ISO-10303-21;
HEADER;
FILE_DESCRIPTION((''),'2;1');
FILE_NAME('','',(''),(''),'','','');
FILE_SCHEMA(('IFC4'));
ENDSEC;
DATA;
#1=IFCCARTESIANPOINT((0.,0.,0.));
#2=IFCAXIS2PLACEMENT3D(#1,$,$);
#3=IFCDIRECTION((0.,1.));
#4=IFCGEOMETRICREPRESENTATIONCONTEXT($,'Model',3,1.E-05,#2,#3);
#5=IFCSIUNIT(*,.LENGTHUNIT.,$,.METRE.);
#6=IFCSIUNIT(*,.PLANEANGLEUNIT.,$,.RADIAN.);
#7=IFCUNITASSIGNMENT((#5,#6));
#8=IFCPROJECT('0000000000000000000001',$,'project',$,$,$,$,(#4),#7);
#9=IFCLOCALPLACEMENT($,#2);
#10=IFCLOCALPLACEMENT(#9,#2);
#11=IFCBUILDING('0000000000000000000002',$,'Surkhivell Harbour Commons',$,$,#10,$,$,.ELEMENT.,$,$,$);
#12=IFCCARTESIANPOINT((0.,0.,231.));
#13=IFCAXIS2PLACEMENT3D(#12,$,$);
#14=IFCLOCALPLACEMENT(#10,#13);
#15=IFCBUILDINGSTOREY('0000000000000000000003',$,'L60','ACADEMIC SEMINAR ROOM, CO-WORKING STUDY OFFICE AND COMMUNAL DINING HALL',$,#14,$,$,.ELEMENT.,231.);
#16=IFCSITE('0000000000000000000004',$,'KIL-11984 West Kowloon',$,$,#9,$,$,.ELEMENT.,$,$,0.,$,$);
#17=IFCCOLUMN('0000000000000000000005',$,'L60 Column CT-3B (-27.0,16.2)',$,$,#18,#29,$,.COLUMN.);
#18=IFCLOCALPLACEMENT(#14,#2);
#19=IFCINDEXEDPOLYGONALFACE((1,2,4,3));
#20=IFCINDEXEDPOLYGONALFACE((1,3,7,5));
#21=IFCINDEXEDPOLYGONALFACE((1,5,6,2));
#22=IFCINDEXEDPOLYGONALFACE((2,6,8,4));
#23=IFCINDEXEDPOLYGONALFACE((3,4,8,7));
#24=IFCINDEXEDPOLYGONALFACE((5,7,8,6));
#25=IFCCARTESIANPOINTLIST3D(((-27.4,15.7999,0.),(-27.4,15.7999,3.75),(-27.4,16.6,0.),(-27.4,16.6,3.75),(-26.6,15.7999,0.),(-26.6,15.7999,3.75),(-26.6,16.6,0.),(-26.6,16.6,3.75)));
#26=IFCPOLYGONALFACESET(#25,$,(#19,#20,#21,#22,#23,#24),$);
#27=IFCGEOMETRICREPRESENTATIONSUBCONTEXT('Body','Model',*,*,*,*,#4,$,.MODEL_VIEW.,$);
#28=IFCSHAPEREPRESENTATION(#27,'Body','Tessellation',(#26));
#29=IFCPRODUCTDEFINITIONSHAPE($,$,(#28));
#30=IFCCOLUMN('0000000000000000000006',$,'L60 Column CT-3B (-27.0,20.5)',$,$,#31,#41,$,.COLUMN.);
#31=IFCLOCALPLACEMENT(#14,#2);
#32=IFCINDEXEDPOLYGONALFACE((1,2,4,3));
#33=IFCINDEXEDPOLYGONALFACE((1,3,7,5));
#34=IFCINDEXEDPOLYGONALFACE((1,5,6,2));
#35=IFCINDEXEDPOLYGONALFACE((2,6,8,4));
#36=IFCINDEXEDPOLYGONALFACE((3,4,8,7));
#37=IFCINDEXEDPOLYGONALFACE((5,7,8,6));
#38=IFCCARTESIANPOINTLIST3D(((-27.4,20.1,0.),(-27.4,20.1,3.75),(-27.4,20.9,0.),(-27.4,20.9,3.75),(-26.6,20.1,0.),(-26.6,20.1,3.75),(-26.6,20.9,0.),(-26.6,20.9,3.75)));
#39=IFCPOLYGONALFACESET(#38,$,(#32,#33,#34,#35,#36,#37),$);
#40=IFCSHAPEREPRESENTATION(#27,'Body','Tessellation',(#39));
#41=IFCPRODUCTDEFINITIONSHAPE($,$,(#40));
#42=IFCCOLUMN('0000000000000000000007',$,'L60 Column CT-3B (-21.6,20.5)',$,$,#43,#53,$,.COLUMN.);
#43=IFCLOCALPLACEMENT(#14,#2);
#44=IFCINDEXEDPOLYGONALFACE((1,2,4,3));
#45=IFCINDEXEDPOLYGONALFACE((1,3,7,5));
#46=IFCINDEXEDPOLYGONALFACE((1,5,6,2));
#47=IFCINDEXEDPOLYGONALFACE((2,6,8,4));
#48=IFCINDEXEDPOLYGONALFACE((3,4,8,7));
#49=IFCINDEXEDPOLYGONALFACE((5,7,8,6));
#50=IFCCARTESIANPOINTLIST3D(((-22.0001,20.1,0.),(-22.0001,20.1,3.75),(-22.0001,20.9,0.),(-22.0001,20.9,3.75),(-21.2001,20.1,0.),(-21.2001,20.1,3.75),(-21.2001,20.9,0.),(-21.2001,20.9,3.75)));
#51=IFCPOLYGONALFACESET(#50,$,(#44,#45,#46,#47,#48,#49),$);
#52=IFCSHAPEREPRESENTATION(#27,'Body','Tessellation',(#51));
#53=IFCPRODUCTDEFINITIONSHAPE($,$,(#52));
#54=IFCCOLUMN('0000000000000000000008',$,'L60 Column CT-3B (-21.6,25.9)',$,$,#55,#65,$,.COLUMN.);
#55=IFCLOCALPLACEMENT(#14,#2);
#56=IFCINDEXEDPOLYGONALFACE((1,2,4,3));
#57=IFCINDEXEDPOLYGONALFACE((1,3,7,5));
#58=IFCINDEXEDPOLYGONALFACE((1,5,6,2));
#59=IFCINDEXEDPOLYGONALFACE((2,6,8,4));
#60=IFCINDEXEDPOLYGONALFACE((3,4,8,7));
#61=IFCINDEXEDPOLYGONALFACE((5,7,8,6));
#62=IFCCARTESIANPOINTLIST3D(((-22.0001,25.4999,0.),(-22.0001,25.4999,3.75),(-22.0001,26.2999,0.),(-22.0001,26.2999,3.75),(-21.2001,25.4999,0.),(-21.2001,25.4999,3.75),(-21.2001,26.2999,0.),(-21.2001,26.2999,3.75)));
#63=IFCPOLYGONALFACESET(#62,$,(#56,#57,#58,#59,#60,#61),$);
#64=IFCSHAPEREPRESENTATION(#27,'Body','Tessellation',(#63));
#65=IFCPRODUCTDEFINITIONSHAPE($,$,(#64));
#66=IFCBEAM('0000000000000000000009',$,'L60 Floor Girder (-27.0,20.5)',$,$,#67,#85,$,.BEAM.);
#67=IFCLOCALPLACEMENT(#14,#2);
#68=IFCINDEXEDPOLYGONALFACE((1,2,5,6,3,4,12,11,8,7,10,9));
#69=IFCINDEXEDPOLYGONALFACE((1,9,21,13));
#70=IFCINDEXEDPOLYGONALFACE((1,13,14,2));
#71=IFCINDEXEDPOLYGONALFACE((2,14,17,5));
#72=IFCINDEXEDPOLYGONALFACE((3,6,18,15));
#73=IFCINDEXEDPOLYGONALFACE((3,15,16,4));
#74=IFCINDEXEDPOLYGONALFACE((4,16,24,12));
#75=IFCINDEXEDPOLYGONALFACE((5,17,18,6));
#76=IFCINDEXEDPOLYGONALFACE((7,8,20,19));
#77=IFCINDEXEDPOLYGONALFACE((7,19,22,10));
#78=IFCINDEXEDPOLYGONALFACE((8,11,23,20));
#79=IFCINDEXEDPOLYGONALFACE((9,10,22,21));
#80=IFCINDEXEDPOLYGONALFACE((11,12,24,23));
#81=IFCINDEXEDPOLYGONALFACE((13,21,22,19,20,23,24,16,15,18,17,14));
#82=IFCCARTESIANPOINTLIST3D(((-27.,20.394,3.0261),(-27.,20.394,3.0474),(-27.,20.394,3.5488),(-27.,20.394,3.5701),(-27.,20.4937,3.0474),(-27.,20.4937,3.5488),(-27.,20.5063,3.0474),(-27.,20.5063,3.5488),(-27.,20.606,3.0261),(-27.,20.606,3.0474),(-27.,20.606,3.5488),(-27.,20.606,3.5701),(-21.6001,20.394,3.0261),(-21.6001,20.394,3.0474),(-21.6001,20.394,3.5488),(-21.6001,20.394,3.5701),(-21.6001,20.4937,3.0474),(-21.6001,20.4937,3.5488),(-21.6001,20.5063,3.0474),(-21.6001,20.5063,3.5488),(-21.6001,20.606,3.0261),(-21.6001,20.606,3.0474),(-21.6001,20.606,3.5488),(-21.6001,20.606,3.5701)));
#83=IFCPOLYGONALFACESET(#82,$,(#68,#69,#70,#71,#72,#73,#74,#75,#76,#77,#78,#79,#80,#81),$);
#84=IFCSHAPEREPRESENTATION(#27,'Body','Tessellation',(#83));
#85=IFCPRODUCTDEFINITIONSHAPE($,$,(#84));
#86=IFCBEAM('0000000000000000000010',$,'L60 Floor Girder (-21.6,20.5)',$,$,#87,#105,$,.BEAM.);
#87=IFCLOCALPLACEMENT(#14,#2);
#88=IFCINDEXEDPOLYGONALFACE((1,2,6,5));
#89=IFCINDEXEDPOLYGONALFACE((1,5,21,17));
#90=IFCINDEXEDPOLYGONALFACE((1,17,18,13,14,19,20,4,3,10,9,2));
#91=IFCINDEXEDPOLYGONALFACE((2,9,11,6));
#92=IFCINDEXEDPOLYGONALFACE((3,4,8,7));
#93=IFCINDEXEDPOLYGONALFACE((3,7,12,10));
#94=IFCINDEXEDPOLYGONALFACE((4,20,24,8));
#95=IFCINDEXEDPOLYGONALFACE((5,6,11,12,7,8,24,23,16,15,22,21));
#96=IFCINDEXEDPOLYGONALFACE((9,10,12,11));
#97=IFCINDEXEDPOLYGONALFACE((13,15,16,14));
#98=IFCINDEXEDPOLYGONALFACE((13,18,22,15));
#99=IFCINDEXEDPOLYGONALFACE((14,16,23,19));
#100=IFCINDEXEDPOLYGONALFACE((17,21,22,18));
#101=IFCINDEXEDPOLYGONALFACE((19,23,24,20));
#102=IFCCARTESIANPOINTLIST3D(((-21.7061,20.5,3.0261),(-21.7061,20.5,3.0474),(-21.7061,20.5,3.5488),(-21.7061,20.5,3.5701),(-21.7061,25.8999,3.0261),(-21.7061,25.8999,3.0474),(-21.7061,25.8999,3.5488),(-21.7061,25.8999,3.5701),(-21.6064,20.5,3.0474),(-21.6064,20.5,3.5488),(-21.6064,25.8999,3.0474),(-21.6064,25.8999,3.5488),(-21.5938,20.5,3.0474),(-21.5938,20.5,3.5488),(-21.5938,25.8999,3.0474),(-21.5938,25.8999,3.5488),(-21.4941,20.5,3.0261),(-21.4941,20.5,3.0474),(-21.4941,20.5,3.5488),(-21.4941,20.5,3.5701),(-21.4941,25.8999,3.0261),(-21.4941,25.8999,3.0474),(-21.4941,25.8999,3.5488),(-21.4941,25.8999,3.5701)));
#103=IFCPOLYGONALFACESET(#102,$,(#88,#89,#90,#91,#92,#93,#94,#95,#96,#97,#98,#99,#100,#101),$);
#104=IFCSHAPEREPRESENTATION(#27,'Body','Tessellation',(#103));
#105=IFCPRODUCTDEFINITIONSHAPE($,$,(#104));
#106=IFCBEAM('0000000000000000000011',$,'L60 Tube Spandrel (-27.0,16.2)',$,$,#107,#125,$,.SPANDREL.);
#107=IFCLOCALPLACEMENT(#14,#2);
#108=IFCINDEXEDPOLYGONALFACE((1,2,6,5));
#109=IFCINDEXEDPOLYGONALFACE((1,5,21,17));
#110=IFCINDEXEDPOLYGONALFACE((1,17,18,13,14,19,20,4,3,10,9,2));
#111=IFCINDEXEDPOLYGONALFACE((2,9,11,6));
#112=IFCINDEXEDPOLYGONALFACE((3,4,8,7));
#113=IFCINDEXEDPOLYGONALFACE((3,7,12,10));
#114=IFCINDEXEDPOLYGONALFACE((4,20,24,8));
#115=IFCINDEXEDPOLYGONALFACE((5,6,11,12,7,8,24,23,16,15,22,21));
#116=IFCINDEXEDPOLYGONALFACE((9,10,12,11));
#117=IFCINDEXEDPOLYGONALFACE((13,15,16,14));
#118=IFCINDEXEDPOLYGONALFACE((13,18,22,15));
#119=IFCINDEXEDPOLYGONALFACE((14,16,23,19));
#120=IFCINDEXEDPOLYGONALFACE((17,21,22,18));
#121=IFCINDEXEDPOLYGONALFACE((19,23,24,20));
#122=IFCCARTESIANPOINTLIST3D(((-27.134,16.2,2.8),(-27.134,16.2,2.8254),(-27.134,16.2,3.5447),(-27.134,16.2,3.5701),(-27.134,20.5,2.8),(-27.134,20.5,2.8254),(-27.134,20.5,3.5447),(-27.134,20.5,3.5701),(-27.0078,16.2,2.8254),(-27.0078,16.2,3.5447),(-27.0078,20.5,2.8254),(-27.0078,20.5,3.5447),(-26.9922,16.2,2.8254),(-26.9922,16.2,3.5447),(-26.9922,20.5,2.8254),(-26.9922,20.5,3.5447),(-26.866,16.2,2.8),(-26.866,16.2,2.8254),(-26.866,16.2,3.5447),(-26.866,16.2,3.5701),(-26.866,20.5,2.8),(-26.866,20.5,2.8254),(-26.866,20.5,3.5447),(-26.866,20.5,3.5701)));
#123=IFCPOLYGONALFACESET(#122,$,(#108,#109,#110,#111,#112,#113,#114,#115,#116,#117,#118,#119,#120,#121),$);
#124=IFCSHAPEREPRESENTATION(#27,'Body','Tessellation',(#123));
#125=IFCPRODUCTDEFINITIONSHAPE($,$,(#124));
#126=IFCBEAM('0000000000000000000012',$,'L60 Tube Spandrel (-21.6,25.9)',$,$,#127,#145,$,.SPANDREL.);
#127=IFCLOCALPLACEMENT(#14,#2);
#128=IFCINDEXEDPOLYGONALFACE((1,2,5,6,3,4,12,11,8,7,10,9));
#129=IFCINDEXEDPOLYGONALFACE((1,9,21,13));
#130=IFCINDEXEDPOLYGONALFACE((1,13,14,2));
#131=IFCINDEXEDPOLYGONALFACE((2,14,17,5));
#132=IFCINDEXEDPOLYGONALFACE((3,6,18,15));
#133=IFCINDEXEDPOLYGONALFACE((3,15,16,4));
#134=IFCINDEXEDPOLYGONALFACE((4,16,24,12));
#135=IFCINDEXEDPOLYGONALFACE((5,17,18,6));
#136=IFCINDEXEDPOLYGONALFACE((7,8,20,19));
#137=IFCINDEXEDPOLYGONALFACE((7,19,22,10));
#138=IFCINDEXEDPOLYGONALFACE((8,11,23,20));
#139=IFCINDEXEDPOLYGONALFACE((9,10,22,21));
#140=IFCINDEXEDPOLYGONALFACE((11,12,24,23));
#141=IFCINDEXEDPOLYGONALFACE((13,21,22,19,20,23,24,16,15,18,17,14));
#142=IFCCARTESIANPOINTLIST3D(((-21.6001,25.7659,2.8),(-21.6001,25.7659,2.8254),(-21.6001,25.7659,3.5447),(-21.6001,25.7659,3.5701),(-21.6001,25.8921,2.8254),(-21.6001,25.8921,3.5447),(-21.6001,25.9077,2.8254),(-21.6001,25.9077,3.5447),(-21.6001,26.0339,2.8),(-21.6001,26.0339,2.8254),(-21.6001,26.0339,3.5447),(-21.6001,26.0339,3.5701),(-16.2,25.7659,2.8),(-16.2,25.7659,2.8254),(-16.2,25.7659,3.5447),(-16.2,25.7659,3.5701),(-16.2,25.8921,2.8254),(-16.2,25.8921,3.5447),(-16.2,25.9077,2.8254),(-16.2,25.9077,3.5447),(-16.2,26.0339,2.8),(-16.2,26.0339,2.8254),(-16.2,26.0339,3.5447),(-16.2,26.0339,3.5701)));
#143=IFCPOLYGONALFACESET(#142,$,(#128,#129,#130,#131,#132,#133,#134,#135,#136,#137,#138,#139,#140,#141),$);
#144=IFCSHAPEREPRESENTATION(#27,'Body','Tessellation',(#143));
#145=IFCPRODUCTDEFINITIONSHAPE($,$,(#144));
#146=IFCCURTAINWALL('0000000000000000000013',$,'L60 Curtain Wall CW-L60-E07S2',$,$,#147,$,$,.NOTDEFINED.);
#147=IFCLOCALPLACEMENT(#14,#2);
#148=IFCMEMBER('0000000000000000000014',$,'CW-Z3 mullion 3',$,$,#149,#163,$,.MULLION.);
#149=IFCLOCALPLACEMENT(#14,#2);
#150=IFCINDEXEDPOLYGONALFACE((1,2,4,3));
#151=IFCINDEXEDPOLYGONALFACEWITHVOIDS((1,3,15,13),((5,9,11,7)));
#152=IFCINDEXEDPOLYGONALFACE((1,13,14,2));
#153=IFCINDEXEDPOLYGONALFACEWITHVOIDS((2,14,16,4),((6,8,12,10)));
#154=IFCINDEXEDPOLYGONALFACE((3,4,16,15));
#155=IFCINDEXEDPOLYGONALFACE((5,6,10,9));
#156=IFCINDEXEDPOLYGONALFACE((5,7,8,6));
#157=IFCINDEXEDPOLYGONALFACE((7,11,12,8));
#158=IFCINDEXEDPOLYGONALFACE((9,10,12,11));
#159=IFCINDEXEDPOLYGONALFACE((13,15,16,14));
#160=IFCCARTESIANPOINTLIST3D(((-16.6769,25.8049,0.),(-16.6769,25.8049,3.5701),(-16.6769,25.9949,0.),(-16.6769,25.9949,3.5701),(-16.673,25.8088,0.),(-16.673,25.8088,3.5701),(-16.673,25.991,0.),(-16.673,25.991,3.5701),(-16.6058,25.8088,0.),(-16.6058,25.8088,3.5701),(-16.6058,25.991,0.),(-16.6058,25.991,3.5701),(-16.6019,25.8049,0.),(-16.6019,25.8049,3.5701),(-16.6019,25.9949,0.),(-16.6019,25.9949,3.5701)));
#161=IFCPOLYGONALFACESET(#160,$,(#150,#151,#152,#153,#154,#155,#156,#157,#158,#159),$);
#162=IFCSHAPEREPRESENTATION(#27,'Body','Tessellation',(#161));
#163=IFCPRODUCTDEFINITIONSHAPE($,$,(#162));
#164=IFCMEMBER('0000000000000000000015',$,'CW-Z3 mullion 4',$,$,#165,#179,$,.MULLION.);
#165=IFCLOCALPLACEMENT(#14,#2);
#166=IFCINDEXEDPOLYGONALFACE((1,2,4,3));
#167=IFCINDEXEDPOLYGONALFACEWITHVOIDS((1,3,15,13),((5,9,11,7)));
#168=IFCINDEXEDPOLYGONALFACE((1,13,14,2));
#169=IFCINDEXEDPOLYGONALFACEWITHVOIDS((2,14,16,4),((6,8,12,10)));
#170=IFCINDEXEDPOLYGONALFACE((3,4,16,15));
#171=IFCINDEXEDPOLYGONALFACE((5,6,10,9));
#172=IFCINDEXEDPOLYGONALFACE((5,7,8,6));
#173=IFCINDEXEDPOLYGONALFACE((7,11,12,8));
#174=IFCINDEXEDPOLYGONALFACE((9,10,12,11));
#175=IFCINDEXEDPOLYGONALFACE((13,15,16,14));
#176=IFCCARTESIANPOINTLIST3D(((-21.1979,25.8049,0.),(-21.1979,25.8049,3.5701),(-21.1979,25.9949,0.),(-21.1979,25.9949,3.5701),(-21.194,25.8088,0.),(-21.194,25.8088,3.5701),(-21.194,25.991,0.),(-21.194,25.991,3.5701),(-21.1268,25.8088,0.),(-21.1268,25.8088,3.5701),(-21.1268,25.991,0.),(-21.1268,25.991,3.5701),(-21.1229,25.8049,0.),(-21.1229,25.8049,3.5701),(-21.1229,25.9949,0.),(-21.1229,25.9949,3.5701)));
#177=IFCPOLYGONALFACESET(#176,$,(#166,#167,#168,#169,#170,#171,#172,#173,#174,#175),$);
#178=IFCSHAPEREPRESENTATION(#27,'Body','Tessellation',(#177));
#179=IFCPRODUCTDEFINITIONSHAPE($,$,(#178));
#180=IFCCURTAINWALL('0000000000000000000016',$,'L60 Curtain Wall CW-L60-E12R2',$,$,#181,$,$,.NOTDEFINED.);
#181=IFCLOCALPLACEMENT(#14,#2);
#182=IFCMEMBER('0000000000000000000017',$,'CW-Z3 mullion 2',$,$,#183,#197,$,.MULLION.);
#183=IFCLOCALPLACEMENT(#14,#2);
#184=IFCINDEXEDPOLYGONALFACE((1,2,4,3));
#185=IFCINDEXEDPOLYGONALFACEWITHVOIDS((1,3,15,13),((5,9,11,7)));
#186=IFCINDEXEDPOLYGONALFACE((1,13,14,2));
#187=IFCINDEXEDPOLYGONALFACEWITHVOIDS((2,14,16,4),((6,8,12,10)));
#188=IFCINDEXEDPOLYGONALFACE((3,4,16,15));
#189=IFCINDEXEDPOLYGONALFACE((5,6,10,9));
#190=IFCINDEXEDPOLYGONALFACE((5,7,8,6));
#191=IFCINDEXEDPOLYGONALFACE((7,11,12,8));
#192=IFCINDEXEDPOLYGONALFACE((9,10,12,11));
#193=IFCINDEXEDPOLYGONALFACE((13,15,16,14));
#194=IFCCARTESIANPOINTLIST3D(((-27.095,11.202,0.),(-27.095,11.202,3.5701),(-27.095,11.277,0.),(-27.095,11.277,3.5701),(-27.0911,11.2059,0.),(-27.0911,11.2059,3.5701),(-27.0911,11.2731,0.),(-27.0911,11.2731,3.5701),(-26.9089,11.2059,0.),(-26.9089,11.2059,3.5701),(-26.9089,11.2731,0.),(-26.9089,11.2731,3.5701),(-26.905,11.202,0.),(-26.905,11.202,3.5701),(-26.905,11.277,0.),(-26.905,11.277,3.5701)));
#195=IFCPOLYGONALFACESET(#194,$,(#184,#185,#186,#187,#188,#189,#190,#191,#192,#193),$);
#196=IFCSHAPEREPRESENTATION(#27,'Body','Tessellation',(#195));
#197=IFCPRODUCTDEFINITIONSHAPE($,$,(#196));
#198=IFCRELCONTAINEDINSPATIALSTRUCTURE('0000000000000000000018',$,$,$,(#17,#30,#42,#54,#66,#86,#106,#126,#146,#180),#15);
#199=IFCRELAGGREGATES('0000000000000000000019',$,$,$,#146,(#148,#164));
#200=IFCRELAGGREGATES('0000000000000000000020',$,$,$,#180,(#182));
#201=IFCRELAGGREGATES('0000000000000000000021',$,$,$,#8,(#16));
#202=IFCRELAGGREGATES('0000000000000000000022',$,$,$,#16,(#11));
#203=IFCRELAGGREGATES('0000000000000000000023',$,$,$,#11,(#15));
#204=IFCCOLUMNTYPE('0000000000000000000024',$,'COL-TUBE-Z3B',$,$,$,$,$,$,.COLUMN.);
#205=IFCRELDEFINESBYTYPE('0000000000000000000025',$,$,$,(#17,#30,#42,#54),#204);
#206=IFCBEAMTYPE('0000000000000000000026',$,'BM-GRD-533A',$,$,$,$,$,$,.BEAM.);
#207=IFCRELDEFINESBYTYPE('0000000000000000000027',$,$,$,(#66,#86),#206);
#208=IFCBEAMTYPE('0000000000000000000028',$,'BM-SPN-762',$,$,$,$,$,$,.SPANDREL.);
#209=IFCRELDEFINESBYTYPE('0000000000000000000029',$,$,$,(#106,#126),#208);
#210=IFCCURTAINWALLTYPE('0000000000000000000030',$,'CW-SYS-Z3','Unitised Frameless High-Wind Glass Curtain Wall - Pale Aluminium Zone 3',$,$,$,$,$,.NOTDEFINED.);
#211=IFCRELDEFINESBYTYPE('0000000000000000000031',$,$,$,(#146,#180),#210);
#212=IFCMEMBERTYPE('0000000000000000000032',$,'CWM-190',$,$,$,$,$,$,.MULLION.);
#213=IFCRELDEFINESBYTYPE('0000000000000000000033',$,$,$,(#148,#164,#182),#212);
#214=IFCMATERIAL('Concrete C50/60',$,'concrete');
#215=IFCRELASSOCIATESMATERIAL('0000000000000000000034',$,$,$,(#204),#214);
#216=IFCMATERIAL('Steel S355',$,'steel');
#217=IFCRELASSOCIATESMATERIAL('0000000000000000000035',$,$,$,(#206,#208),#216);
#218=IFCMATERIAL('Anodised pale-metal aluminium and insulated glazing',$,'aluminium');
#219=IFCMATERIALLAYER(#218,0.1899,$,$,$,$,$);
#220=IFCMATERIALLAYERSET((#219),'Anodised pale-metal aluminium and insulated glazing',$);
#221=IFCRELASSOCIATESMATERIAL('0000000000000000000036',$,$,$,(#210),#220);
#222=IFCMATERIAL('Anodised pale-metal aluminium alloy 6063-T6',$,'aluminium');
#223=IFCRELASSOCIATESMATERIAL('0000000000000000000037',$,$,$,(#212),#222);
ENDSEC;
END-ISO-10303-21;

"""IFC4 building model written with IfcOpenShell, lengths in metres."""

from ifc_helpers import new_model, si_unit, direction, frame, origin, origin_2d, place, context, subcontext, project, spatial, rectangle, hollow_rectangle, i_section, extrude, material, layer, layer_set, material_profile, profile_set, type_object, element, aggregate, save


model = new_model("IFC4")

# Units and contexts
model_context = context("Model", 3, precision=1e-05, world=origin(), true_north=direction((0.0, 1.0)))
body_context = subcontext(model_context, "Body", "Model", "MODEL_VIEW")
ifc_project = project(units=[si_unit("LENGTHUNIT", "METRE"), si_unit("PLANEANGLEUNIT", "RADIAN")], contexts=[model_context])

# Site, building, storey
site_placement = place(None, origin())
site = spatial("IfcSite", under=ifc_project, at=site_placement, Name="KIL-11984 West Kowloon", CompositionType="ELEMENT", RefElevation=0.0)
building_placement = place(site_placement, origin())
building = spatial("IfcBuilding", under=site, at=building_placement, Name="Surkhivell Harbour Commons", CompositionType="ELEMENT")
storey_placement = place(building_placement, frame((0.0, 0.0, 231.0)))
storey = spatial("IfcBuildingStorey", under=building, at=storey_placement, Name="L60", Description="ACADEMIC SEMINAR ROOM, CO-WORKING STUDY OFFICE AND COMMUNAL DINING HALL", CompositionType="ELEMENT", Elevation=231.0)

# Columns
ifc_material_1 = material(Name="Concrete C50/60", Category="concrete")
ifc_material_profile_1 = material_profile(ifc_material_1, rectangle(XDim=0.8, YDim=0.8, at=origin_2d()), Name="RC-COL-800x800")
ifc_profile_set_1 = profile_set([ifc_material_profile_1], Name="Concrete C50/60")
column_type = type_object("IfcColumnType", Name="COL-TUBE-Z3B", PredefinedType="COLUMN", material=ifc_profile_set_1)
for number, where, z_axis, x_axis, name in (
    (1, (-27.0, 16.2, 0.0), (0.0, 0.0, 1.0), (1.0, 0.0, 0.0), "L60 Column CT-3B (-27.0,16.2)"),
    (2, (-27.0, 20.5, 0.0), (0.0, 0.0, 1.0), (1.0, 0.0, 0.0), "L60 Column CT-3B (-27.0,20.5)"),
    (3, (-21.6001, 20.5, 0.0), (0.0, 0.0, 1.0), (1.0, 0.0, 0.0), "L60 Column CT-3B (-21.6,20.5)"),
    (4, (-21.6001, 25.8999, 0.0), (0.0, 0.0, 1.0), (1.0, 0.0, 0.0), "L60 Column CT-3B (-21.6,25.9)"),
):
    element("IfcColumn", number, at=place(storey_placement, frame(where, z_axis=z_axis, x_axis=x_axis)), inside=storey, type_object=column_type, Name=name, PredefinedType="COLUMN", context=body_context, shape_type="SweptSolid", body=[
        extrude(rectangle(XDim=0.8, YDim=0.8, at=origin_2d()), origin(), (0.0, 0.0, 1.0), 3.75),
    ])

# Beams
ifc_material_2 = material(Name="Steel S355", Category="steel")
ifc_material_profile_2 = material_profile(ifc_material_2, i_section(OverallWidth=0.2119, OverallDepth=0.5439, WebThickness=0.0127, FlangeThickness=0.0212, at=origin_2d()), Name="UB533x210x122")
ifc_profile_set_2 = profile_set([ifc_material_profile_2], Name="Steel S355")
beam_type_1 = type_object("IfcBeamType", Name="BM-GRD-533A", PredefinedType="BEAM", material=ifc_profile_set_2)
for number, where, z_axis, x_axis, name in (
    (5, (-27.0, 20.5, 3.2981), (1.0, 0.0, 0.0), (0.0, 1.0, 0.0), "L60 Floor Girder (-27.0,20.5)"),
    (6, (-21.6001, 20.5, 3.2981), (0.0, 1.0, 0.0), (-1.0, 0.0, 0.0), "L60 Floor Girder (-21.6,20.5)"),
):
    element("IfcBeam", number, at=place(storey_placement, frame(where, z_axis=z_axis, x_axis=x_axis)), inside=storey, type_object=beam_type_1, Name=name, PredefinedType="BEAM", context=body_context, shape_type="SweptSolid", body=[
        extrude(i_section(OverallWidth=0.2119, OverallDepth=0.5439, WebThickness=0.0127, FlangeThickness=0.0212, at=origin_2d()), origin(), (0.0, 0.0, 1.0), 5.3999),
    ])
ifc_material_profile_3 = material_profile(ifc_material_2, i_section(OverallWidth=0.2681, OverallDepth=0.77, WebThickness=0.0156, FlangeThickness=0.0254, at=origin_2d()), Name="UB762x267x197")
ifc_profile_set_3 = profile_set([ifc_material_profile_3], Name="Steel S355")
beam_type_2 = type_object("IfcBeamType", Name="BM-SPN-762", PredefinedType="SPANDREL", material=ifc_profile_set_3)
beam_1_placement = place(storey_placement, frame((-27.0, 16.2, 3.1851), z_axis=(0.0, 1.0, 0.0), x_axis=(-1.0, 0.0, 0.0)))
element("IfcBeam", 7, at=beam_1_placement, inside=storey, type_object=beam_type_2, Name="L60 Tube Spandrel (-27.0,16.2)", PredefinedType="SPANDREL", context=body_context, shape_type="SweptSolid", body=[
    extrude(i_section(OverallWidth=0.2681, OverallDepth=0.77, WebThickness=0.0156, FlangeThickness=0.0254, at=origin_2d()), origin(), (0.0, 0.0, 1.0), 4.3),
])
beam_2_placement = place(storey_placement, frame((-21.6001, 25.8999, 3.1851), z_axis=(1.0, 0.0, 0.0), x_axis=(0.0, 1.0, 0.0)))
element("IfcBeam", 8, at=beam_2_placement, inside=storey, type_object=beam_type_2, Name="L60 Tube Spandrel (-21.6,25.9)", PredefinedType="SPANDREL", context=body_context, shape_type="SweptSolid", body=[
    extrude(i_section(OverallWidth=0.2681, OverallDepth=0.77, WebThickness=0.0156, FlangeThickness=0.0254, at=origin_2d()), origin(), (0.0, 0.0, 1.0), 5.4001),
])

# Curtain walls, members
ifc_material_3 = material(Name="Anodised pale-metal aluminium and insulated glazing", Category="aluminium")
ifc_layer_1 = layer(ifc_material_3, 0.1899)
ifc_layer_set_1 = layer_set([ifc_layer_1], Name="Anodised pale-metal aluminium and insulated glazing")
curtain_wall_type = type_object("IfcCurtainWallType", Name="CW-SYS-Z3", Description="Unitised Frameless High-Wind Glass Curtain Wall - Pale Aluminium Zone 3", PredefinedType="NOTDEFINED", material=ifc_layer_set_1)
curtain_wall_1_placement = place(storey_placement, origin())
curtain_wall_1 = element("IfcCurtainWall", 9, at=curtain_wall_1_placement, inside=storey, type_object=curtain_wall_type, Name="L60 Curtain Wall CW-L60-E07S2", PredefinedType="NOTDEFINED")
ifc_material_4 = material(Name="Anodised pale-metal aluminium alloy 6063-T6", Category="aluminium")
ifc_material_profile_4 = material_profile(ifc_material_4, hollow_rectangle(XDim=0.075, YDim=0.1899, WallThickness=0.0039, at=origin_2d()), Name="ALU-MULL-75x190")
ifc_profile_set_4 = profile_set([ifc_material_profile_4], Name="Anodised pale-metal aluminium alloy 6063-T6")
member_type_1 = type_object("IfcMemberType", Name="CWM-190", PredefinedType="MULLION", material=ifc_profile_set_4)
member_1_placement = place(storey_placement, frame((-16.6394, 25.8999, 0.0), z_axis=(0.0, 0.0, 1.0), x_axis=(-1.0, 0.0, 0.0)))
member_1 = element("IfcMember", 10, at=member_1_placement, type_object=member_type_1, Name="CW-Z3 mullion 3", PredefinedType="MULLION", context=body_context, shape_type="SweptSolid", body=[
    extrude(hollow_rectangle(XDim=0.075, YDim=0.1899, WallThickness=0.0039, at=origin_2d()), origin(), (0.0, 0.0, 1.0), 3.5701),
])
member_2_placement = place(storey_placement, frame((-21.1604, 25.8999, 0.0), z_axis=(0.0, 0.0, 1.0), x_axis=(-1.0, 0.0, 0.0)))
member_2 = element("IfcMember", 11, at=member_2_placement, type_object=member_type_1, Name="CW-Z3 mullion 4", PredefinedType="MULLION", context=body_context, shape_type="SweptSolid", body=[
    extrude(hollow_rectangle(XDim=0.075, YDim=0.1899, WallThickness=0.0039, at=origin_2d()), origin(), (0.0, 0.0, 1.0), 3.5701),
])
curtain_wall_2_placement = place(storey_placement, origin())
curtain_wall_2 = element("IfcCurtainWall", 12, at=curtain_wall_2_placement, inside=storey, type_object=curtain_wall_type, Name="L60 Curtain Wall CW-L60-E12R2", PredefinedType="NOTDEFINED")
member_3_placement = place(storey_placement, frame((-27.0, 11.2395, 0.0), z_axis=(0.0, 0.0, 1.0), x_axis=(0.0, 1.0, 0.0)))
member_3 = element("IfcMember", 13, at=member_3_placement, type_object=member_type_1, Name="CW-Z3 mullion 2", PredefinedType="MULLION", context=body_context, shape_type="SweptSolid", body=[
    extrude(hollow_rectangle(XDim=0.075, YDim=0.1899, WallThickness=0.0039, at=origin_2d()), origin(), (0.0, 0.0, 1.0), 3.5701),
])

aggregate(curtain_wall_1, [member_1, member_2])
aggregate(curtain_wall_2, [member_3])

save(model, "model.ifc")
